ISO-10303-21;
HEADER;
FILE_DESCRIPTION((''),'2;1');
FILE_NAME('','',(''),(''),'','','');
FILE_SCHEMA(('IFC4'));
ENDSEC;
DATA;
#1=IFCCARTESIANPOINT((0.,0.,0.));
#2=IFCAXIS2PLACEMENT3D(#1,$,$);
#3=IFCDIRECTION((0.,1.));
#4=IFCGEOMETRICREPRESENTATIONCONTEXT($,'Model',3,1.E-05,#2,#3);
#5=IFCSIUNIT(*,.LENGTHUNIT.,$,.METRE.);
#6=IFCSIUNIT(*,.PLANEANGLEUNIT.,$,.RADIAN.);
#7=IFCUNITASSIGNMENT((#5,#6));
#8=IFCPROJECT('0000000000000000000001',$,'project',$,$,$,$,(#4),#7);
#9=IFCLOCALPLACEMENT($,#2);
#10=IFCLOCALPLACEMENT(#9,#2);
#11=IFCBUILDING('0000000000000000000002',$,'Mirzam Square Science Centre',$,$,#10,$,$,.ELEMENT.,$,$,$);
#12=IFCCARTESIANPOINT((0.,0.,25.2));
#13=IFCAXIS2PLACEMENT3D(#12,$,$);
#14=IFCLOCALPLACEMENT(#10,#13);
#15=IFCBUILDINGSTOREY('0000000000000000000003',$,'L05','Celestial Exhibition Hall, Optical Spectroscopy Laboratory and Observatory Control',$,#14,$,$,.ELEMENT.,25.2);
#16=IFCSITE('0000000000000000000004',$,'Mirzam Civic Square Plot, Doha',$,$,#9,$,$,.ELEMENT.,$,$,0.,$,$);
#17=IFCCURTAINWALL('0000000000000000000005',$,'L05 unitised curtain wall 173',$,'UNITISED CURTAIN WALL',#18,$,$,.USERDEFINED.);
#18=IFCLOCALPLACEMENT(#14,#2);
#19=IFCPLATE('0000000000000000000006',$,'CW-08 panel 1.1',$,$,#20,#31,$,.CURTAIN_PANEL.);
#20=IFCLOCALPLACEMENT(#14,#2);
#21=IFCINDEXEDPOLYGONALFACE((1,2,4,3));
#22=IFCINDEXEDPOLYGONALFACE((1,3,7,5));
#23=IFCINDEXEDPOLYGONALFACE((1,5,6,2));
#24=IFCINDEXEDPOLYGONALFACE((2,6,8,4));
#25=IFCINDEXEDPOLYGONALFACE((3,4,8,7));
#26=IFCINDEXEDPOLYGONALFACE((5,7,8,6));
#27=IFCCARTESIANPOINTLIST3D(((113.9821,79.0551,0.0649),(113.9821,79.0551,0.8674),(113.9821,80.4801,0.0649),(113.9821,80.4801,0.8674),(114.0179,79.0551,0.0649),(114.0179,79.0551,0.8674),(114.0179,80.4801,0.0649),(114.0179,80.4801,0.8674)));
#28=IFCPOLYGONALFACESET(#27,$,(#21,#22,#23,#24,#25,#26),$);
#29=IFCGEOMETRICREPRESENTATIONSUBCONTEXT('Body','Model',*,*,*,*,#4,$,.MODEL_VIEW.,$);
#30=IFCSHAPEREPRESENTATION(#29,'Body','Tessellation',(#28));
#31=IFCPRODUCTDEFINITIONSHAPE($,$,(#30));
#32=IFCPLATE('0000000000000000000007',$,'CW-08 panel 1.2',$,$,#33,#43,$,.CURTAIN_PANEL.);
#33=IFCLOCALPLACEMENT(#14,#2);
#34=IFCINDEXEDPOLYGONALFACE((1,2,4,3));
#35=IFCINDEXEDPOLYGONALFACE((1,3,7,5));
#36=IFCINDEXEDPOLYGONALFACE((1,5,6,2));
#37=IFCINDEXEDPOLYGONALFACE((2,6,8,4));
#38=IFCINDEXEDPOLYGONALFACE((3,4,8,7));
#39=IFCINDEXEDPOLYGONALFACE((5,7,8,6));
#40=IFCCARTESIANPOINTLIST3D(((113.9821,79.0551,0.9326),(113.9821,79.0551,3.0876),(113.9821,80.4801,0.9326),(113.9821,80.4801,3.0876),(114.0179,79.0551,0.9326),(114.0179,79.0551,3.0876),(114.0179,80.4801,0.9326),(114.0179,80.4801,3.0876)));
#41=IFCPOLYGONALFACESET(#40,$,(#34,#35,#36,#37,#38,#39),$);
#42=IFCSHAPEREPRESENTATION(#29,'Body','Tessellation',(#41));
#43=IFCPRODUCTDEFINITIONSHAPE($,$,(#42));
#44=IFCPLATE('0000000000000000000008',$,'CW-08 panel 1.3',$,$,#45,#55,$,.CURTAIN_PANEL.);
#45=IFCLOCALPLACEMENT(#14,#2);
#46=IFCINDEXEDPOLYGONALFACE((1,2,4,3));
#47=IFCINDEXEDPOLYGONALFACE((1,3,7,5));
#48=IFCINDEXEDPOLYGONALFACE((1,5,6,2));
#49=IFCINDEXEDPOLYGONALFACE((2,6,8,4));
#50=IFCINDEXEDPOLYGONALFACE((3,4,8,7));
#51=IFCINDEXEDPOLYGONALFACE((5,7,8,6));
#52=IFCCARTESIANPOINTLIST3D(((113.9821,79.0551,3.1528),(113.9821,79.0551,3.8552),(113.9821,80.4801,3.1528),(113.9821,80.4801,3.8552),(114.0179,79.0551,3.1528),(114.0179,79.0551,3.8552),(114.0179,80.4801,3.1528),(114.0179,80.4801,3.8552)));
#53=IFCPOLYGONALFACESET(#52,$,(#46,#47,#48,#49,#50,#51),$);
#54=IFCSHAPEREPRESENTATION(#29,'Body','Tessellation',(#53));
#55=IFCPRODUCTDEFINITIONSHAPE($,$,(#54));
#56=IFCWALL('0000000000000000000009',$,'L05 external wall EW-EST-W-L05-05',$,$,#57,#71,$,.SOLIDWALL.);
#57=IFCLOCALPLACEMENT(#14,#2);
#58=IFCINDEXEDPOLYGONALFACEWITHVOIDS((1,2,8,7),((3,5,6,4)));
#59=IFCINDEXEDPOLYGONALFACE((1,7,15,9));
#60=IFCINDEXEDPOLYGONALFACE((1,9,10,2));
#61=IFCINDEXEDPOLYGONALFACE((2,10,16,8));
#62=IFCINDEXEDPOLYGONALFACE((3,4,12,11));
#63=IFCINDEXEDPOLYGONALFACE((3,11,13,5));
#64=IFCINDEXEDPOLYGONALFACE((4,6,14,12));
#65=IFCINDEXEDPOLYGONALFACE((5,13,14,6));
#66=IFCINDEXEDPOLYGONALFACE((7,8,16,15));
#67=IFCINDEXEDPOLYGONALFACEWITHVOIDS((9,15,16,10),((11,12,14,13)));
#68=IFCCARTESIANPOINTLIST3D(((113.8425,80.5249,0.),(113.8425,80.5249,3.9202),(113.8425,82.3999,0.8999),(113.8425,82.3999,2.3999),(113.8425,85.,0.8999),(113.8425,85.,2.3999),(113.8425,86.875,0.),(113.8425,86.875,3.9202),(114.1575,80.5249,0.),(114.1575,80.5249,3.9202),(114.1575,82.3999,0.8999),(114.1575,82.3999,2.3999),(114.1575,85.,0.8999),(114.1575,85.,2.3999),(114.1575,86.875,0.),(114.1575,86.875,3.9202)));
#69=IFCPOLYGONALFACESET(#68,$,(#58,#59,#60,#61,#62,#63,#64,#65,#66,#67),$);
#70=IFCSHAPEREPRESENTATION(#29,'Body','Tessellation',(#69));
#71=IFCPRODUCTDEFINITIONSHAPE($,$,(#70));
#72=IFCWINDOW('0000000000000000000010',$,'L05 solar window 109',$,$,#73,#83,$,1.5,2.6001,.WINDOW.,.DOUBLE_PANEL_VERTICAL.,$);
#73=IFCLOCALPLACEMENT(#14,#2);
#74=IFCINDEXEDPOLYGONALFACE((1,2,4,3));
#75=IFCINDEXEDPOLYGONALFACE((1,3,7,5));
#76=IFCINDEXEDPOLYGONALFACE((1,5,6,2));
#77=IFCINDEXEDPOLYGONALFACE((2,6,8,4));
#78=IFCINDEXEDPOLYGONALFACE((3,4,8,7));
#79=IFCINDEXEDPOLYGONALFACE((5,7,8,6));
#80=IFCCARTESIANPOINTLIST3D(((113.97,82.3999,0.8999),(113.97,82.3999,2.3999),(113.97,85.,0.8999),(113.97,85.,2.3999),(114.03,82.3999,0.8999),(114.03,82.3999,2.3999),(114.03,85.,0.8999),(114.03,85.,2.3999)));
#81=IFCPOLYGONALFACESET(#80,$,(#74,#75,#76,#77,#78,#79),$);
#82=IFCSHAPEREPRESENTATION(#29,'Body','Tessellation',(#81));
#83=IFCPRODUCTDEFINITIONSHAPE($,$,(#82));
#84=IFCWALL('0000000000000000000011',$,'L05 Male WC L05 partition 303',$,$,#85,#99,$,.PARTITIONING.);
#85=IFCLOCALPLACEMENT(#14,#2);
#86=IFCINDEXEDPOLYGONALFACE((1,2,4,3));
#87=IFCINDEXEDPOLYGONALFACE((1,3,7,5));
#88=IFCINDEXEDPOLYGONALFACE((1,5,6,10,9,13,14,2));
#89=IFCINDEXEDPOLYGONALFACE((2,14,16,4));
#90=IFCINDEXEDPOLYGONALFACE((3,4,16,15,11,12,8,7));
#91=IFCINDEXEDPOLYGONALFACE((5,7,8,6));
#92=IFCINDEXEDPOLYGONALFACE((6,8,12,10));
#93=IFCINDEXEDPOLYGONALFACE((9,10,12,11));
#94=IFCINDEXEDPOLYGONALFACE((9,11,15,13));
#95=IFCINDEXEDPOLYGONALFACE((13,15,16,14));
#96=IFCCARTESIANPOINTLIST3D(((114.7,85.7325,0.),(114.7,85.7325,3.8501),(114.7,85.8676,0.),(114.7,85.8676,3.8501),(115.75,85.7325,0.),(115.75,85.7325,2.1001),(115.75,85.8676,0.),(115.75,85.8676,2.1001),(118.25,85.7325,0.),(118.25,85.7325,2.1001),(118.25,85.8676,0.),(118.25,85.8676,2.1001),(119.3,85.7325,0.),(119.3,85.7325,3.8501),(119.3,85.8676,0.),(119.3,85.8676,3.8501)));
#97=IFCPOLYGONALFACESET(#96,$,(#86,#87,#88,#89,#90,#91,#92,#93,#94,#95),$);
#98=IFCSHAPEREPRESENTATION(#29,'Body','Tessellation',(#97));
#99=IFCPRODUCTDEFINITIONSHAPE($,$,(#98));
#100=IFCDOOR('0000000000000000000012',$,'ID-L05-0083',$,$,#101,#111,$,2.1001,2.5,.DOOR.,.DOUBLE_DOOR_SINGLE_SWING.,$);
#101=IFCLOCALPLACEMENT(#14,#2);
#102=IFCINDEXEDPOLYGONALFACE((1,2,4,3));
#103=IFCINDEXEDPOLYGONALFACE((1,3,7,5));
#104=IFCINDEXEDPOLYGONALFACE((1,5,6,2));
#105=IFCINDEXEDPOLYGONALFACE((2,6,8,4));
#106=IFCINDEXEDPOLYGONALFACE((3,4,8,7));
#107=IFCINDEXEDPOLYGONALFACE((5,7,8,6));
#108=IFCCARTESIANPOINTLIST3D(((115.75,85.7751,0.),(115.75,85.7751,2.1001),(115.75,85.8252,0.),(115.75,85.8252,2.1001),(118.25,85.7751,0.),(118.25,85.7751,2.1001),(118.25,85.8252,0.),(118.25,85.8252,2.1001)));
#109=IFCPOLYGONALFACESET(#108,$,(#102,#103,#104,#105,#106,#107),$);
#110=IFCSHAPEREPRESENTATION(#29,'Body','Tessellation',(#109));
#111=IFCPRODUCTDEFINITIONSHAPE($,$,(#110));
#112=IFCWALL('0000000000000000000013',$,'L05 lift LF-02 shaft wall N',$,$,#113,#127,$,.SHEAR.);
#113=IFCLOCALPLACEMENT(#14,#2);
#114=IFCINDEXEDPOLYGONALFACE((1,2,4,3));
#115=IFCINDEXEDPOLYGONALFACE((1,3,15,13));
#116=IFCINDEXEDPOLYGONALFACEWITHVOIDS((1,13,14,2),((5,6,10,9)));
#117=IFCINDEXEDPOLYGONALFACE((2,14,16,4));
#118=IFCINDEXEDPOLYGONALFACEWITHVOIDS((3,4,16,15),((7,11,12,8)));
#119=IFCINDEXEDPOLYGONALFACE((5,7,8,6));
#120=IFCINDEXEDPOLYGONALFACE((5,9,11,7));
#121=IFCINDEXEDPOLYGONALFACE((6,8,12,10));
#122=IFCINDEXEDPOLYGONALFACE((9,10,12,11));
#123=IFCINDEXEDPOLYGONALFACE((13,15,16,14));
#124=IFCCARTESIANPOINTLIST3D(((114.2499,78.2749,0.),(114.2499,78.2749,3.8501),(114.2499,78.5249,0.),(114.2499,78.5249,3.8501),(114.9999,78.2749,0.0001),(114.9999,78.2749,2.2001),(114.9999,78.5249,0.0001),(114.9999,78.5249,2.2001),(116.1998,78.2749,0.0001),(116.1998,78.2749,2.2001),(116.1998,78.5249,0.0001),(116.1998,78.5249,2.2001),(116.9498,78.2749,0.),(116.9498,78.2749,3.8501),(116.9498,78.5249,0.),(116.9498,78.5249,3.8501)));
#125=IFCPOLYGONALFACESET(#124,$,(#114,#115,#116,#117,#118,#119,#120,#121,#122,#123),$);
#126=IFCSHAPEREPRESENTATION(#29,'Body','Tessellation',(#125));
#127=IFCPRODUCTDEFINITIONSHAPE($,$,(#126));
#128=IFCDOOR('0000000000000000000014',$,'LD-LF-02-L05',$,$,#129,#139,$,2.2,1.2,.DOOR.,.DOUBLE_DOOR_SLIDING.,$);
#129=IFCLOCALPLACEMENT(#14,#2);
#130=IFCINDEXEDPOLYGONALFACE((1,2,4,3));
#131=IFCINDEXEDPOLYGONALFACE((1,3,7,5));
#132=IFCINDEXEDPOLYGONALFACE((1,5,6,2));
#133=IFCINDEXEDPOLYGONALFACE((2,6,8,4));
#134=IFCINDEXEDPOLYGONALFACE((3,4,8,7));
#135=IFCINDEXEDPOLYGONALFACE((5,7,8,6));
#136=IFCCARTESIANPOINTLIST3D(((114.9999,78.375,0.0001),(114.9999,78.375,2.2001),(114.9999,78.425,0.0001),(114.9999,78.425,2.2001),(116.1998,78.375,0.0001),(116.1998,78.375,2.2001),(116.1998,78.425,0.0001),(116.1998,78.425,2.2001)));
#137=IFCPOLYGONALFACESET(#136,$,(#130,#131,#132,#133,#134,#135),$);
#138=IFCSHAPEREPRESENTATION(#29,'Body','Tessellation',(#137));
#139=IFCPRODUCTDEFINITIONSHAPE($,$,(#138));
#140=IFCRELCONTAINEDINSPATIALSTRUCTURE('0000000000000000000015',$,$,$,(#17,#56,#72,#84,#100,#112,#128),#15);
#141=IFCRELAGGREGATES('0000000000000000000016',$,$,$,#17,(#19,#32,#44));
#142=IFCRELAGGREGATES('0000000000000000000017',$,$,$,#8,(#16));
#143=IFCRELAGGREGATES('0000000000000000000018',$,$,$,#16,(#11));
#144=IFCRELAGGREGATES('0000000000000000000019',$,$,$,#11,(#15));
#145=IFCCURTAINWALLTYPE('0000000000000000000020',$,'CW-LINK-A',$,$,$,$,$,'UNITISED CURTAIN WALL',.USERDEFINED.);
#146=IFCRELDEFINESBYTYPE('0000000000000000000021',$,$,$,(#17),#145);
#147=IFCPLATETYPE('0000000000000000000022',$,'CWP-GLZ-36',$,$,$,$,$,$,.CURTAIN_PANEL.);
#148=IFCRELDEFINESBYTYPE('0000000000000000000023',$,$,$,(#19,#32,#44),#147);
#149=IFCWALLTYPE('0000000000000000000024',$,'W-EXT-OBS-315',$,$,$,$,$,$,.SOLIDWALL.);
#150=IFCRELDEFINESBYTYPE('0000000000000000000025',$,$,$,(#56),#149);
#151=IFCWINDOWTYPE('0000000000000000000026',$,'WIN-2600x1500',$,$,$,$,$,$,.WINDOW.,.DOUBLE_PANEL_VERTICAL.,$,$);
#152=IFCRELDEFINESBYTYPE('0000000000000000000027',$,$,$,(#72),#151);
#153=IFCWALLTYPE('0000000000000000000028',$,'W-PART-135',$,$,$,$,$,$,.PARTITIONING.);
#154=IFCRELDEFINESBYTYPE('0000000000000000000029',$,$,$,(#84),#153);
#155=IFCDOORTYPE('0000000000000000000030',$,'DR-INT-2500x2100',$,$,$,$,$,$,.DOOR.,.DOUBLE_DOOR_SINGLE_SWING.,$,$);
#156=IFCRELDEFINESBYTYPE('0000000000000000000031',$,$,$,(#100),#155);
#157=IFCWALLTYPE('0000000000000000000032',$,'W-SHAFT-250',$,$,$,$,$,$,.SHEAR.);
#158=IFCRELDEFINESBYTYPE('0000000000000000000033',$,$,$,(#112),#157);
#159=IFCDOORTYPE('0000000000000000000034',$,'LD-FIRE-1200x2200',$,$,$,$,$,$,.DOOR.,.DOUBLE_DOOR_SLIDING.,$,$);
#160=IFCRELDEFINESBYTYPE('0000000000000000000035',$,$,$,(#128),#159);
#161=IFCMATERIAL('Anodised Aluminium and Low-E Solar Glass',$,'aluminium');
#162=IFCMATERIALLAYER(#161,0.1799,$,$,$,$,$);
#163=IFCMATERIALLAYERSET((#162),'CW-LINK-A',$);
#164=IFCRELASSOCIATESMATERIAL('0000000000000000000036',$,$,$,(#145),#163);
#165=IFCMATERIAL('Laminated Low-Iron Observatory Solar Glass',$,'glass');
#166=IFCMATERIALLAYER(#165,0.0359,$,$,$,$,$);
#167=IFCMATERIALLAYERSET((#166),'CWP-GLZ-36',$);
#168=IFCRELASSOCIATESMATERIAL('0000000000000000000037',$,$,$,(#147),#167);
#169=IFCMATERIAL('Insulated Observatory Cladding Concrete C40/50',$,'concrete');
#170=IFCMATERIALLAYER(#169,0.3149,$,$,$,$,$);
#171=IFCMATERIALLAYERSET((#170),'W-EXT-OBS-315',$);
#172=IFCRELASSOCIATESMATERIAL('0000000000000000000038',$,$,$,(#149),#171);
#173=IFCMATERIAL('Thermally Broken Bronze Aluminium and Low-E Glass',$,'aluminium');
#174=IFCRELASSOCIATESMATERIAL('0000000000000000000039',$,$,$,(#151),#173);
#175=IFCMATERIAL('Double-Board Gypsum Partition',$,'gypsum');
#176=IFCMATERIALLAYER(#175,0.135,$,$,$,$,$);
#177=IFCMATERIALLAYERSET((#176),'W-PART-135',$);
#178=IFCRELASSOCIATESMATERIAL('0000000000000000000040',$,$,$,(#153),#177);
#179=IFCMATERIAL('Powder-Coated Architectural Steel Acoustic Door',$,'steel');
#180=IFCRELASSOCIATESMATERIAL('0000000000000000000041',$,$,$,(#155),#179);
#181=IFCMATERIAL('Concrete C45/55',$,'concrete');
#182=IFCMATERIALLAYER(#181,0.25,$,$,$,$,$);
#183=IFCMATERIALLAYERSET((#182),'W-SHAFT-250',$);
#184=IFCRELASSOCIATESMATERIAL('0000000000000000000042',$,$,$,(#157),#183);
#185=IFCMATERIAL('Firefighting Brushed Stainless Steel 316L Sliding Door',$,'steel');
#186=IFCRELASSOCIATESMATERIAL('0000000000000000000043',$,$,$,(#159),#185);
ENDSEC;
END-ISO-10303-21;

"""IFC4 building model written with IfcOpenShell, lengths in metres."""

from ifc_helpers import new_model, si_unit, direction, frame, frame_2d, origin, origin_2d, place, context, subcontext, project, spatial, rectangle, extrude, material, layer, layer_set, type_object, element, fill, aggregate, save


model = new_model("IFC4")

# Units and contexts
model_context = context("Model", 3, precision=1e-05, world=origin(), true_north=direction((0.0, 1.0)))
body_context = subcontext(model_context, "Body", "Model", "MODEL_VIEW")
ifc_project = project(units=[si_unit("LENGTHUNIT", "METRE"), si_unit("PLANEANGLEUNIT", "RADIAN")], contexts=[model_context])

# Site, building, storey
site_placement = place(None, origin())
site = spatial("IfcSite", under=ifc_project, at=site_placement, Name="Mirzam Civic Square Plot, Doha", CompositionType="ELEMENT", RefElevation=0.0)
building_placement = place(site_placement, origin())
building = spatial("IfcBuilding", under=site, at=building_placement, Name="Mirzam Square Science Centre", CompositionType="ELEMENT")
storey_placement = place(building_placement, frame((0.0, 0.0, 25.2)))
storey = spatial("IfcBuildingStorey", under=building, at=storey_placement, Name="L05", Description="Celestial Exhibition Hall, Optical Spectroscopy Laboratory and Observatory Control", CompositionType="ELEMENT", Elevation=25.2)

# Curtain wall
ifc_material_1 = material(Name="Anodised Aluminium and Low-E Solar Glass", Category="aluminium")
ifc_layer_1 = layer(ifc_material_1, 0.1799)
ifc_layer_set_1 = layer_set([ifc_layer_1], Name="CW-LINK-A")
curtain_wall_type = type_object("IfcCurtainWallType", Name="CW-LINK-A", ElementType="UNITISED CURTAIN WALL", PredefinedType="USERDEFINED", material=ifc_layer_set_1)
curtain_wall_placement = place(storey_placement, origin())
curtain_wall = element("IfcCurtainWall", 1, at=curtain_wall_placement, inside=storey, type_object=curtain_wall_type, Name="L05 unitised curtain wall 173", ObjectType="UNITISED CURTAIN WALL", PredefinedType="USERDEFINED")

# Plates
ifc_material_2 = material(Name="Laminated Low-Iron Observatory Solar Glass", Category="glass")
ifc_layer_2 = layer(ifc_material_2, 0.0359)
ifc_layer_set_2 = layer_set([ifc_layer_2], Name="CWP-GLZ-36")
plate_type = type_object("IfcPlateType", Name="CWP-GLZ-36", PredefinedType="CURTAIN_PANEL", material=ifc_layer_set_2)
plate_1_placement = place(storey_placement, frame((114.0, 79.7676, 0.0649), z_axis=(0.0, 0.0, 1.0), x_axis=(0.0, -1.0, 0.0)))
plate_1 = element("IfcPlate", 2, at=plate_1_placement, type_object=plate_type, Name="CW-08 panel 1.1", PredefinedType="CURTAIN_PANEL", context=body_context, shape_type="SweptSolid", body=[
    extrude(rectangle(XDim=1.425, YDim=0.0359, at=origin_2d()), origin(), (0.0, 0.0, 1.0), 0.8025),
])
plate_2_placement = place(storey_placement, frame((114.0, 79.7676, 0.9326), z_axis=(0.0, 0.0, 1.0), x_axis=(0.0, -1.0, 0.0)))
plate_2 = element("IfcPlate", 3, at=plate_2_placement, type_object=plate_type, Name="CW-08 panel 1.2", PredefinedType="CURTAIN_PANEL", context=body_context, shape_type="SweptSolid", body=[
    extrude(rectangle(XDim=1.425, YDim=0.0359, at=origin_2d()), origin(), (0.0, 0.0, 1.0), 2.155),
])
plate_3_placement = place(storey_placement, frame((114.0, 79.7676, 3.1528), z_axis=(0.0, 0.0, 1.0), x_axis=(0.0, -1.0, 0.0)))
plate_3 = element("IfcPlate", 4, at=plate_3_placement, type_object=plate_type, Name="CW-08 panel 1.3", PredefinedType="CURTAIN_PANEL", context=body_context, shape_type="SweptSolid", body=[
    extrude(rectangle(XDim=1.425, YDim=0.0359, at=origin_2d()), origin(), (0.0, 0.0, 1.0), 0.7024),
])
aggregate(curtain_wall, [plate_1, plate_2, plate_3])

# Wall, opening, window
ifc_material_3 = material(Name="Insulated Observatory Cladding Concrete C40/50", Category="concrete")
ifc_layer_3 = layer(ifc_material_3, 0.3149)
ifc_layer_set_3 = layer_set([ifc_layer_3], Name="W-EXT-OBS-315")
wall_type_1 = type_object("IfcWallType", Name="W-EXT-OBS-315", PredefinedType="SOLIDWALL", material=ifc_layer_set_3)
wall_1_placement = place(storey_placement, frame((114.0, 86.875, 0.0), z_axis=(0.0, 0.0, 1.0), x_axis=(0.0, -1.0, 0.0)))
wall_1 = element("IfcWall", 5, at=wall_1_placement, inside=storey, type_object=wall_type_1, Name="L05 external wall EW-EST-W-L05-05", PredefinedType="SOLIDWALL", context=body_context, shape_type="SweptSolid", body=[
    extrude(rectangle(XDim=6.3501, YDim=0.3149, at=frame_2d((3.175, 0.0))), origin(), (0.0, 0.0, 1.0), 3.9202),
])
opening_1_placement = place(wall_1_placement, frame((1.875, 0.0, 0.8999)))
opening_1 = element("IfcOpeningElement", 6, at=opening_1_placement, cuts=wall_1, PredefinedType="OPENING", context=body_context, shape_type="SweptSolid", body=[
    extrude(rectangle(XDim=2.6001, YDim=1.5, at=frame_2d((1.3, 0.75))), frame((0.0, 0.1675, 0.0), z_axis=(0.0, -1.0, 0.0), x_axis=(1.0, 0.0, 0.0)), (0.0, 0.0, 1.0), 0.335),
])
ifc_material_4 = material(Name="Thermally Broken Bronze Aluminium and Low-E Glass", Category="aluminium")
window_type = type_object("IfcWindowType", Name="WIN-2600x1500", PartitioningType="DOUBLE_PANEL_VERTICAL", PredefinedType="WINDOW", material=ifc_material_4)
window_placement = place(opening_1_placement, origin())
window = element("IfcWindow", 7, at=window_placement, inside=storey, type_object=window_type, Name="L05 solar window 109", OverallHeight=1.5, OverallWidth=2.6001, PartitioningType="DOUBLE_PANEL_VERTICAL", PredefinedType="WINDOW", context=body_context, shape_type="SweptSolid", body=[
    extrude(rectangle(XDim=2.6001, YDim=1.5, at=frame_2d((1.3, 0.75))), frame((0.0, 0.03, 0.0), z_axis=(0.0, -1.0, 0.0), x_axis=(1.0, 0.0, 0.0)), (0.0, 0.0, 1.0), 0.0601),
])
fill(opening_1, window)

# Walls, openings, doors
ifc_material_5 = material(Name="Double-Board Gypsum Partition", Category="gypsum")
ifc_layer_4 = layer(ifc_material_5, 0.135)
ifc_layer_set_4 = layer_set([ifc_layer_4], Name="W-PART-135")
wall_type_2 = type_object("IfcWallType", Name="W-PART-135", PredefinedType="PARTITIONING", material=ifc_layer_set_4)
wall_2_placement = place(storey_placement, frame((119.3, 85.8, 0.0), z_axis=(0.0, 0.0, 1.0), x_axis=(-1.0, 0.0, 0.0)))
wall_2 = element("IfcWall", 8, at=wall_2_placement, inside=storey, type_object=wall_type_2, Name="L05 Male WC L05 partition 303", PredefinedType="PARTITIONING", context=body_context, shape_type="SweptSolid", body=[
    extrude(rectangle(XDim=4.6001, YDim=0.135, at=frame_2d((2.3, 0.0))), origin(), (0.0, 0.0, 1.0), 3.8501),
])
opening_2_placement = place(wall_2_placement, frame((1.05, 0.0, 0.0)))
opening_2 = element("IfcOpeningElement", 9, at=opening_2_placement, cuts=wall_2, PredefinedType="OPENING", context=body_context, shape_type="SweptSolid", body=[
    extrude(rectangle(XDim=2.5, YDim=2.1001, at=frame_2d((1.25, 1.05))), frame((0.0, 0.0774, 0.0), z_axis=(0.0, -1.0, 0.0), x_axis=(1.0, 0.0, 0.0)), (0.0, 0.0, 1.0), 0.155),
])
ifc_material_6 = material(Name="Powder-Coated Architectural Steel Acoustic Door", Category="steel")
door_type_1 = type_object("IfcDoorType", Name="DR-INT-2500x2100", OperationType="DOUBLE_DOOR_SINGLE_SWING", PredefinedType="DOOR", material=ifc_material_6)
door_1_placement = place(opening_2_placement, origin())
door_1 = element("IfcDoor", 10, at=door_1_placement, inside=storey, type_object=door_type_1, Name="ID-L05-0083", OperationType="DOUBLE_DOOR_SINGLE_SWING", OverallHeight=2.1001, OverallWidth=2.5, PredefinedType="DOOR", context=body_context, shape_type="SweptSolid", body=[
    extrude(rectangle(XDim=2.5, YDim=2.1001, at=frame_2d((1.25, 1.05))), frame((0.0, 0.0249, 0.0), z_axis=(0.0, -1.0, 0.0), x_axis=(1.0, 0.0, 0.0)), (0.0, 0.0, 1.0), 0.05),
])
fill(opening_2, door_1)
ifc_material_7 = material(Name="Concrete C45/55", Category="concrete")
ifc_layer_5 = layer(ifc_material_7, 0.25)
ifc_layer_set_5 = layer_set([ifc_layer_5], Name="W-SHAFT-250")
wall_type_3 = type_object("IfcWallType", Name="W-SHAFT-250", PredefinedType="SHEAR", material=ifc_layer_set_5)
wall_3_placement = place(storey_placement, frame((116.95, 78.3999, 0.0), z_axis=(0.0, 0.0, 1.0), x_axis=(-1.0, 0.0, 0.0)))
wall_3 = element("IfcWall", 11, at=wall_3_placement, inside=storey, type_object=wall_type_3, Name="L05 lift LF-02 shaft wall N", PredefinedType="SHEAR", context=body_context, shape_type="SweptSolid", body=[
    extrude(rectangle(XDim=2.7, YDim=0.25, at=frame_2d((1.3501, 0.0))), origin(), (0.0, 0.0, 1.0), 3.8501),
])
opening_3_placement = place(wall_3_placement, frame((0.75, 0.0, 0.0)))
opening_3 = element("IfcOpeningElement", 12, at=opening_3_placement, cuts=wall_3, PredefinedType="OPENING", context=body_context, shape_type="SweptSolid", body=[
    extrude(rectangle(XDim=1.2, YDim=2.2, at=frame_2d((0.6001, 1.1001))), frame((0.0, 0.135, 0.0), z_axis=(0.0, -1.0, 0.0), x_axis=(1.0, 0.0, 0.0)), (0.0, 0.0, 1.0), 0.27),
])
ifc_material_8 = material(Name="Firefighting Brushed Stainless Steel 316L Sliding Door", Category="steel")
door_type_2 = type_object("IfcDoorType", Name="LD-FIRE-1200x2200", OperationType="DOUBLE_DOOR_SLIDING", PredefinedType="DOOR", material=ifc_material_8)
door_2_placement = place(opening_3_placement, origin())
door_2 = element("IfcDoor", 13, at=door_2_placement, inside=storey, type_object=door_type_2, Name="LD-LF-02-L05", OperationType="DOUBLE_DOOR_SLIDING", OverallHeight=2.2, OverallWidth=1.2, PredefinedType="DOOR", context=body_context, shape_type="SweptSolid", body=[
    extrude(rectangle(XDim=1.2, YDim=2.2, at=frame_2d((0.6001, 1.1001))), frame((0.0, 0.0249, 0.0), z_axis=(0.0, -1.0, 0.0), x_axis=(1.0, 0.0, 0.0)), (0.0, 0.0, 1.0), 0.05),
])
fill(opening_3, door_2)

save(model, "model.ifc")
